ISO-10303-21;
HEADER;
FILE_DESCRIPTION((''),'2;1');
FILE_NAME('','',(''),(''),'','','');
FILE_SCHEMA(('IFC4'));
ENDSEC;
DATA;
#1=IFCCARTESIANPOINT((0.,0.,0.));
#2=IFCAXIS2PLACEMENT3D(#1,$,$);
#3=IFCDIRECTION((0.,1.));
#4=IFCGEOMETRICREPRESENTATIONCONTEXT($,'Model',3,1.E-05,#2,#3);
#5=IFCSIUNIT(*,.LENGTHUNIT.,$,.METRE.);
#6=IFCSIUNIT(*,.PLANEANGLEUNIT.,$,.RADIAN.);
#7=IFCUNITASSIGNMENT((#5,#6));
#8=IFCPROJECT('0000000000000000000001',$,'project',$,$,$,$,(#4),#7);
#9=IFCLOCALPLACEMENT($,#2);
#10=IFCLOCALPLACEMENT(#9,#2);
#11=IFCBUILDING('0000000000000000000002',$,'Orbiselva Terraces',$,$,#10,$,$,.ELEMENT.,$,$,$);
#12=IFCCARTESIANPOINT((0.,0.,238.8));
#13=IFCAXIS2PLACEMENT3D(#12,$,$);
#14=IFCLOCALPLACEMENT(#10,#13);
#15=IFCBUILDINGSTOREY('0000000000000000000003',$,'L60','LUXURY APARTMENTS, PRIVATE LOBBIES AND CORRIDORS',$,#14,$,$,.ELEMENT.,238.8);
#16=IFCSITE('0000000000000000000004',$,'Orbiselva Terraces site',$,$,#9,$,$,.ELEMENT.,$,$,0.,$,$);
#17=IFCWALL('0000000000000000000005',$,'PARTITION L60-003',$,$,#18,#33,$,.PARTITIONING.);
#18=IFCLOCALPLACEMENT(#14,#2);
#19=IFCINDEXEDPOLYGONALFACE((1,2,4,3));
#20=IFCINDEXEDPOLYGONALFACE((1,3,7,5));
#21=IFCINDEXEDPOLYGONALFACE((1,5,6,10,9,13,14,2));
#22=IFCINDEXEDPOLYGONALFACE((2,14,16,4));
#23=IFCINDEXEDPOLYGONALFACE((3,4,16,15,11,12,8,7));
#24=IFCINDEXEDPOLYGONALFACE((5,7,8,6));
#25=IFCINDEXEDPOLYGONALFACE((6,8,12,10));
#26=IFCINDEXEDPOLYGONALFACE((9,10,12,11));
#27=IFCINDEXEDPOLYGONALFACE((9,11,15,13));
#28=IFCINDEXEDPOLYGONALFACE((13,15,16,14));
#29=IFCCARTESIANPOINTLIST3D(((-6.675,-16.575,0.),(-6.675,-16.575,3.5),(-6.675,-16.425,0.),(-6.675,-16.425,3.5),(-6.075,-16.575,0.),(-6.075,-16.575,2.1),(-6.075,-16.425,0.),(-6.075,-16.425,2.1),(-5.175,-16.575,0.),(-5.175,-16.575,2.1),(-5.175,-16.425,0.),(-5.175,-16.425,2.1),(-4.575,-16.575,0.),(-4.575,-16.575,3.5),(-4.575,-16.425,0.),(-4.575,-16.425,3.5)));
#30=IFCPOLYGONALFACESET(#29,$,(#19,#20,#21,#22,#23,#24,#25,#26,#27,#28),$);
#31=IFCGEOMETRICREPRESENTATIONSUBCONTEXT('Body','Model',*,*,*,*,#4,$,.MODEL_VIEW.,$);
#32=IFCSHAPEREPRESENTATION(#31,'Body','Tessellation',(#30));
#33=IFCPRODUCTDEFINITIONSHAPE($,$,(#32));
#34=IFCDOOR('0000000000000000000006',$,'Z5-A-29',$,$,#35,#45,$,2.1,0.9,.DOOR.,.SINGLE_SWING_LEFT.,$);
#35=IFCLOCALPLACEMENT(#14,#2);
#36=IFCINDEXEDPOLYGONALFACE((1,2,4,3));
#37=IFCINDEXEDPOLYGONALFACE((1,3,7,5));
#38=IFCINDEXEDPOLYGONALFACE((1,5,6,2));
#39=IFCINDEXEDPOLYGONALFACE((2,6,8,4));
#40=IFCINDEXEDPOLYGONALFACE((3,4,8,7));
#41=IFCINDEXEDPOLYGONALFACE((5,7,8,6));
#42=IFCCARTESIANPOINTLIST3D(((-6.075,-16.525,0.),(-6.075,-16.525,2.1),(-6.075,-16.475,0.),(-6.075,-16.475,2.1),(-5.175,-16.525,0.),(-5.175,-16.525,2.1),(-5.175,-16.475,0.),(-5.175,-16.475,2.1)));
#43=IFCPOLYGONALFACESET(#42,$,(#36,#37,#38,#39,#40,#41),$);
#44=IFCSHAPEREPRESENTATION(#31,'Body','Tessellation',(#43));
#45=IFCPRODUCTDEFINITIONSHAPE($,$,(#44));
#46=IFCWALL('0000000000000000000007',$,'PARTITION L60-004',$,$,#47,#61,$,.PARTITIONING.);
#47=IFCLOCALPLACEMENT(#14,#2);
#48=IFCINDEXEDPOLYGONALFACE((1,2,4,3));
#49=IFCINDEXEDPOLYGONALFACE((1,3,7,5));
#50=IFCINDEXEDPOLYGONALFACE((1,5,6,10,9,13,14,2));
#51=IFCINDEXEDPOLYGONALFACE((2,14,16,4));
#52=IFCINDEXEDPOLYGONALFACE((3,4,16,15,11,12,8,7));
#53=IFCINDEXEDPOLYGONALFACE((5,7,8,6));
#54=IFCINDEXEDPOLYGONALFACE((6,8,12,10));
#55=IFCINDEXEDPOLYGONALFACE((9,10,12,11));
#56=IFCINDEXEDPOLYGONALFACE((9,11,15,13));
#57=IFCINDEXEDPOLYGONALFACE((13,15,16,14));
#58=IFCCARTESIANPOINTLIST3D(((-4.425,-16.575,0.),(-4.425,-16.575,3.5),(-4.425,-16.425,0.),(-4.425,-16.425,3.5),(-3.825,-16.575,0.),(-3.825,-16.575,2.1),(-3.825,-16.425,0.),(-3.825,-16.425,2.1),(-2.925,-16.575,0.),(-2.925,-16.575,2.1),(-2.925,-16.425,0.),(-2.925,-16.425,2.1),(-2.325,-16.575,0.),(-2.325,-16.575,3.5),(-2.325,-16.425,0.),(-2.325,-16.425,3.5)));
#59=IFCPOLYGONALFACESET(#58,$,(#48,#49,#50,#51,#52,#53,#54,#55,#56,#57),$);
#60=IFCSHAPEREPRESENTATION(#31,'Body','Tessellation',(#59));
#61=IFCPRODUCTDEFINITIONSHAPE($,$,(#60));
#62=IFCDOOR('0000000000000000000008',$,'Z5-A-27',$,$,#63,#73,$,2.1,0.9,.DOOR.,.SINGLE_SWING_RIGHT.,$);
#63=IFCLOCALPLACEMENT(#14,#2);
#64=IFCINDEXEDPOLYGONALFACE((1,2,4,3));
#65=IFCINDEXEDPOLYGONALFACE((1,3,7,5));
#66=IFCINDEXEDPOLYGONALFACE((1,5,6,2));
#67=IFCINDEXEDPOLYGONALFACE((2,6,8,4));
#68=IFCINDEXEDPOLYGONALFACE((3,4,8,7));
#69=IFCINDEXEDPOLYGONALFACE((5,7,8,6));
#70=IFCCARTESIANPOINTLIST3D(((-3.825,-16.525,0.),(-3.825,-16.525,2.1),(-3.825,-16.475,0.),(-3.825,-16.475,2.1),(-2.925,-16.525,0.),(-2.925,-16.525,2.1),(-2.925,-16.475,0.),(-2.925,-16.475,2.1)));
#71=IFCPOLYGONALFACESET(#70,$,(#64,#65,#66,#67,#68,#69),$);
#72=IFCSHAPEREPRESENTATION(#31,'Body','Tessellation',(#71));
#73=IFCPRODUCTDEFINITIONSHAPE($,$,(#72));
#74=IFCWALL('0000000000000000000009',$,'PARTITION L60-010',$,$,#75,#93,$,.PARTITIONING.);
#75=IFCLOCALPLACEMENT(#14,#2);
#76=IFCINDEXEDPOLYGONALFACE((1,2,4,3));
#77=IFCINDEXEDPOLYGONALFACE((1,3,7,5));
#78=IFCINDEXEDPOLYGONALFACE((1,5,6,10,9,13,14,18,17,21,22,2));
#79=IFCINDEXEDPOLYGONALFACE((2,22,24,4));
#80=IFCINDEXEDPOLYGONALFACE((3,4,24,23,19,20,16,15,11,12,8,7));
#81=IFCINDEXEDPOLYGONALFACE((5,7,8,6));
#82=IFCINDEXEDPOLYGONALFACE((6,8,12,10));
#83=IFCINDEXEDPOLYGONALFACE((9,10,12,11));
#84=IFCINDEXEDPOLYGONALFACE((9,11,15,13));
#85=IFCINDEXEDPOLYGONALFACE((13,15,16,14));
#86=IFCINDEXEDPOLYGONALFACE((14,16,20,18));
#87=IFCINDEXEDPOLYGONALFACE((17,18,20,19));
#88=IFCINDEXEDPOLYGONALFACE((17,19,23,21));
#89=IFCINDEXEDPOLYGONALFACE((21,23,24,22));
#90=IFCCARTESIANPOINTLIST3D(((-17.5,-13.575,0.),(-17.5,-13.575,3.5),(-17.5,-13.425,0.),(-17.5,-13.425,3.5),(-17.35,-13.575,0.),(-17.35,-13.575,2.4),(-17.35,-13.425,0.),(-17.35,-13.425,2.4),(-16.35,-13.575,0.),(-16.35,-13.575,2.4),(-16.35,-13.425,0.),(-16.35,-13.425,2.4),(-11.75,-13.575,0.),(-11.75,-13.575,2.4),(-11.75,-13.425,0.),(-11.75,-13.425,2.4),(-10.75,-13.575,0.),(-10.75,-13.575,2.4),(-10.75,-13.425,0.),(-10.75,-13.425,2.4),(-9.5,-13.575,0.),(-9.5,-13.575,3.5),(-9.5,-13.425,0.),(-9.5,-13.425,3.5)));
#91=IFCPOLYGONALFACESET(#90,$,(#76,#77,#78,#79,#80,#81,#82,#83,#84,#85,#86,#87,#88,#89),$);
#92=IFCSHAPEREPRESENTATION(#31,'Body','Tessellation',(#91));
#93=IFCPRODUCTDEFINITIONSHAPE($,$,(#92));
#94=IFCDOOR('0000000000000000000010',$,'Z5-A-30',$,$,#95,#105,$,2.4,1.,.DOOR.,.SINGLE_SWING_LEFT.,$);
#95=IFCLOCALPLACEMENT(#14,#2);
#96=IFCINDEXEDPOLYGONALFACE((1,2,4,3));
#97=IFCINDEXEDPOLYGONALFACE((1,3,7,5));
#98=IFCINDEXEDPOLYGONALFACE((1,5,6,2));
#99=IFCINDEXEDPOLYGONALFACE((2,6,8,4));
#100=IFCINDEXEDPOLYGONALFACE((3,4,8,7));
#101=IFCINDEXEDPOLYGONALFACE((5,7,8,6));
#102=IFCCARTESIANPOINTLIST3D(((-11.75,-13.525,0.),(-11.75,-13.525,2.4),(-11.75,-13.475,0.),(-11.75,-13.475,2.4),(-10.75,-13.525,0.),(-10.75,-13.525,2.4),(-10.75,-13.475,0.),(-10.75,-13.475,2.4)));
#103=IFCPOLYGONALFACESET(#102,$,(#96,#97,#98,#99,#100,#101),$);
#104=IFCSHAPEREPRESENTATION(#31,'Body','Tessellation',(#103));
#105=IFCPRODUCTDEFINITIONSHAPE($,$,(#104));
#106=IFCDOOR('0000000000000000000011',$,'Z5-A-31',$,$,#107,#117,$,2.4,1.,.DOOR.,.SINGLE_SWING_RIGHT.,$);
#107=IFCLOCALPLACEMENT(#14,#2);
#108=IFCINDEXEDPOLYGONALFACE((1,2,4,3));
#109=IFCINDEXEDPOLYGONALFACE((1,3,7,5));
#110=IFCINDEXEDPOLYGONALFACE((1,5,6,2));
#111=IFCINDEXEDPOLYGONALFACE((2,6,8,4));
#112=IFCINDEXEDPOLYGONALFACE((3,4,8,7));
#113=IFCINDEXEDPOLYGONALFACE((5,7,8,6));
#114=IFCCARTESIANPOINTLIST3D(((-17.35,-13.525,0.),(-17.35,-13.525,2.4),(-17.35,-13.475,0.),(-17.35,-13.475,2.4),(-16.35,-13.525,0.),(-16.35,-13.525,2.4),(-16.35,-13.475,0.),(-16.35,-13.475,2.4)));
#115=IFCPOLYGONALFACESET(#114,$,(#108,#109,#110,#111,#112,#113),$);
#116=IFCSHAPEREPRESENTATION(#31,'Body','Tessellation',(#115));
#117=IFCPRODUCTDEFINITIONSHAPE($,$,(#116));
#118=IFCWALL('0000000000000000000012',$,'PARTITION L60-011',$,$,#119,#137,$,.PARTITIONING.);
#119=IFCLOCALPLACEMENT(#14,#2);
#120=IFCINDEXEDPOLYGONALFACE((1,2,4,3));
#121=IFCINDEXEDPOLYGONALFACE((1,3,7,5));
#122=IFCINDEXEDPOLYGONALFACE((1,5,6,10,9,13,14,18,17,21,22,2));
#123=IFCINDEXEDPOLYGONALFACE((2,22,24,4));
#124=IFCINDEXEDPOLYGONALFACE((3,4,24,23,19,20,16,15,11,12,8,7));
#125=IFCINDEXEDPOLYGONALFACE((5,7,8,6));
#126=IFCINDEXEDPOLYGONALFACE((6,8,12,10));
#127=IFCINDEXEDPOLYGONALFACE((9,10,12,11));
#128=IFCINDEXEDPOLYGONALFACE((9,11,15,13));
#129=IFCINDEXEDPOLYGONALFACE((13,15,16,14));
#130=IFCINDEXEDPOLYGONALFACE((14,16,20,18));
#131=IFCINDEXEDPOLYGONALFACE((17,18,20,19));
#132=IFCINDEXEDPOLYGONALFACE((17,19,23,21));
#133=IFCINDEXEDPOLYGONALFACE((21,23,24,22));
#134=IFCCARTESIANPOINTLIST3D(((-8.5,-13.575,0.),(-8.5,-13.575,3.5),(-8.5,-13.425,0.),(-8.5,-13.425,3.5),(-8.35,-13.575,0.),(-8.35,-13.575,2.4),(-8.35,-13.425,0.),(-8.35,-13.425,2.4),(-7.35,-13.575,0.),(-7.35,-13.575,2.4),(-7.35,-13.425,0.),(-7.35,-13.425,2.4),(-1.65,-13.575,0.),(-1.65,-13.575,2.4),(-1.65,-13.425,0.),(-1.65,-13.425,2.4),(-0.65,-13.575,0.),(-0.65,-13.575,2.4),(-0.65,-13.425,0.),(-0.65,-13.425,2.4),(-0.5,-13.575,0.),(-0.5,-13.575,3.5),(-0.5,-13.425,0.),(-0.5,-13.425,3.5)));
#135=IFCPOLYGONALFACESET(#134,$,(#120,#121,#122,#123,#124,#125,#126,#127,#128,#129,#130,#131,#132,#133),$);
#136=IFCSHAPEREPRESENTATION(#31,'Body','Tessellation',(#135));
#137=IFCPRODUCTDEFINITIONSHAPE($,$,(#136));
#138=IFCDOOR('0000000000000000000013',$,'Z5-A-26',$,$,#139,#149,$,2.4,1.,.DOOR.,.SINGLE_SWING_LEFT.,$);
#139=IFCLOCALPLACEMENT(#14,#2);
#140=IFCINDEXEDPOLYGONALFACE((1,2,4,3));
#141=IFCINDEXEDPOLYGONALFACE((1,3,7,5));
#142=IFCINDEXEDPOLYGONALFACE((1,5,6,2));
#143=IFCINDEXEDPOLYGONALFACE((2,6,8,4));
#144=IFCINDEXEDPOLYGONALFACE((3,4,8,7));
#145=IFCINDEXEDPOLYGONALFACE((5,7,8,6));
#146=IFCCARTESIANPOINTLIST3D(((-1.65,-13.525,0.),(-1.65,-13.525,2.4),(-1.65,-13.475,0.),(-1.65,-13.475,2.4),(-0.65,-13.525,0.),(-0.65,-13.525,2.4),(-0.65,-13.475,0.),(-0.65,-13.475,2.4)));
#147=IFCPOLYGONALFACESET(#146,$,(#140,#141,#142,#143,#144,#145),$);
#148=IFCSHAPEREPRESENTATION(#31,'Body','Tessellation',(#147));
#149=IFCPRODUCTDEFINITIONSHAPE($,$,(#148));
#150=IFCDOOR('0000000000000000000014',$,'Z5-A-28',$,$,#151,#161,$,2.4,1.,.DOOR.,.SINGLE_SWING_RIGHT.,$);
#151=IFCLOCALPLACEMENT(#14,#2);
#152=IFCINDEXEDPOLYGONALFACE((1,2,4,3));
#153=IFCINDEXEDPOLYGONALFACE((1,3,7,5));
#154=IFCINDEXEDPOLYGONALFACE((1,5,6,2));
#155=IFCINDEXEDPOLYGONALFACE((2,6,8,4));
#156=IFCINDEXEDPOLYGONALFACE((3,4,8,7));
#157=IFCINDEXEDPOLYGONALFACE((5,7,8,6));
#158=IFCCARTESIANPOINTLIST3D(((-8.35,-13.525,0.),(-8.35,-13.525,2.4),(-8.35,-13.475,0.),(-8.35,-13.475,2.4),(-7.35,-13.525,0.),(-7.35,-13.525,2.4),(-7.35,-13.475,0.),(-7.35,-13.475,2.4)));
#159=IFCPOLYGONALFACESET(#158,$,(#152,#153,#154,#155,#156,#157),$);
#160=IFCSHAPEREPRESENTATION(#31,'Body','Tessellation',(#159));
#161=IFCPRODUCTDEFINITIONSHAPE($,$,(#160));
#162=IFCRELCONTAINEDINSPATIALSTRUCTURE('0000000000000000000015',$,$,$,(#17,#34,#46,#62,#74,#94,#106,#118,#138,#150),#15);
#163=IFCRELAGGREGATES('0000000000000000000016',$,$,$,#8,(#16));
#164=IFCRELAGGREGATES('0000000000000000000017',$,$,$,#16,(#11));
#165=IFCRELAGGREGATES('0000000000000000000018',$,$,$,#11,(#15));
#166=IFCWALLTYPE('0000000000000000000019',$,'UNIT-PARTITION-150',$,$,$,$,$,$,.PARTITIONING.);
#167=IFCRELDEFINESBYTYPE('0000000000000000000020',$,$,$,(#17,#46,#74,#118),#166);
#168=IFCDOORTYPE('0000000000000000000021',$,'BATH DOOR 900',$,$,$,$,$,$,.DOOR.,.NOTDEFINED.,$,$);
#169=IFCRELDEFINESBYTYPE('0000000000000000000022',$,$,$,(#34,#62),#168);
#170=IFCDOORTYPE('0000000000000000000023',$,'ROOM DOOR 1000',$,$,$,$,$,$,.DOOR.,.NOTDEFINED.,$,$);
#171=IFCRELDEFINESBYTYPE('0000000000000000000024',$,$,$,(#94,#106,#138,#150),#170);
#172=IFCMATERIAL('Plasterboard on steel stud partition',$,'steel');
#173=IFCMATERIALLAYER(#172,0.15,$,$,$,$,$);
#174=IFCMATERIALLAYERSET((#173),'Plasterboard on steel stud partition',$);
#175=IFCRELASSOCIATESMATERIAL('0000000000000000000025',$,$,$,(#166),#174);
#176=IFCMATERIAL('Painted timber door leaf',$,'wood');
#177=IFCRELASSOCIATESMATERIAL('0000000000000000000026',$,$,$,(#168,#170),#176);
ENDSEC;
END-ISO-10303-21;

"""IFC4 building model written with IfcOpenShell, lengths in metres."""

from ifc_helpers import new_model, si_unit, direction, frame, frame_2d, origin, place, context, subcontext, project, spatial, rectangle, extrude, material, layer, layer_set, type_object, element, fill, save


model = new_model("IFC4")

# Units and contexts
model_context = context("Model", 3, precision=1e-05, world=origin(), true_north=direction((0.0, 1.0)))
body_context = subcontext(model_context, "Body", "Model", "MODEL_VIEW")
ifc_project = project(units=[si_unit("LENGTHUNIT", "METRE"), si_unit("PLANEANGLEUNIT", "RADIAN")], contexts=[model_context])

# Site, building, storey
site_placement = place(None, origin())
site = spatial("IfcSite", under=ifc_project, at=site_placement, Name="Orbiselva Terraces site", CompositionType="ELEMENT", RefElevation=0.0)
building_placement = place(site_placement, origin())
building = spatial("IfcBuilding", under=site, at=building_placement, Name="Orbiselva Terraces", CompositionType="ELEMENT")
storey_placement = place(building_placement, frame((0.0, 0.0, 238.8)))
storey = spatial("IfcBuildingStorey", under=building, at=storey_placement, Name="L60", Description="LUXURY APARTMENTS, PRIVATE LOBBIES AND CORRIDORS", CompositionType="ELEMENT", Elevation=238.8)

# Walls, openings, doors
ifc_material_1 = material(Name="Plasterboard on steel stud partition", Category="steel")
ifc_layer_1 = layer(ifc_material_1, 0.15)
ifc_layer_set_1 = layer_set([ifc_layer_1], Name="Plasterboard on steel stud partition")
wall_type_1 = type_object("IfcWallType", Name="UNIT-PARTITION-150", PredefinedType="PARTITIONING", material=ifc_layer_set_1)
wall_1_placement = place(storey_placement, frame((-6.675, -16.5, 0.0), z_axis=(0.0, 0.0, 1.0), x_axis=(1.0, 0.0, 0.0)))
wall_1 = element("IfcWall", 1, at=wall_1_placement, inside=storey, type_object=wall_type_1, Name="PARTITION L60-003", PredefinedType="PARTITIONING", context=body_context, shape_type="SweptSolid", body=[
    extrude(rectangle(XDim=2.1, YDim=0.15, at=frame_2d((1.05, 0.0))), origin(), (0.0, 0.0, 1.0), 3.5),
])
opening_1_placement = place(wall_1_placement, frame((0.6, 0.0, 0.0)))
opening_1 = element("IfcOpeningElement", 2, at=opening_1_placement, cuts=wall_1, PredefinedType="OPENING", context=body_context, shape_type="SweptSolid", body=[
    extrude(rectangle(XDim=0.9, YDim=2.1, at=frame_2d((0.45, 1.05))), frame((0.0, 0.085, 0.0), z_axis=(0.0, -1.0, 0.0), x_axis=(1.0, 0.0, 0.0)), (0.0, 0.0, 1.0), 0.17),
])
ifc_material_2 = material(Name="Painted timber door leaf", Category="wood")
door_type_1 = type_object("IfcDoorType", Name="BATH DOOR 900", OperationType="NOTDEFINED", PredefinedType="DOOR", material=ifc_material_2)
door_1_placement = place(opening_1_placement, origin())
door_1 = element("IfcDoor", 3, at=door_1_placement, inside=storey, type_object=door_type_1, Name="Z5-A-29", OperationType="SINGLE_SWING_LEFT", OverallHeight=2.1, OverallWidth=0.9, PredefinedType="DOOR", context=body_context, shape_type="SweptSolid", body=[
    extrude(rectangle(XDim=0.9, YDim=2.1, at=frame_2d((0.45, 1.05))), frame((0.0, 0.025, 0.0), z_axis=(0.0, -1.0, 0.0), x_axis=(1.0, 0.0, 0.0)), (0.0, 0.0, 1.0), 0.05),
])
fill(opening_1, door_1)
wall_2_placement = place(storey_placement, frame((-4.425, -16.5, 0.0), z_axis=(0.0, 0.0, 1.0), x_axis=(1.0, 0.0, 0.0)))
wall_2 = element("IfcWall", 4, at=wall_2_placement, inside=storey, type_object=wall_type_1, Name="PARTITION L60-004", PredefinedType="PARTITIONING", context=body_context, shape_type="SweptSolid", body=[
    extrude(rectangle(XDim=2.1, YDim=0.15, at=frame_2d((1.05, 0.0))), origin(), (0.0, 0.0, 1.0), 3.5),
])
opening_2_placement = place(wall_2_placement, frame((0.6, 0.0, 0.0)))
opening_2 = element("IfcOpeningElement", 5, at=opening_2_placement, cuts=wall_2, PredefinedType="OPENING", context=body_context, shape_type="SweptSolid", body=[
    extrude(rectangle(XDim=0.9, YDim=2.1, at=frame_2d((0.45, 1.05))), frame((0.0, 0.085, 0.0), z_axis=(0.0, -1.0, 0.0), x_axis=(1.0, 0.0, 0.0)), (0.0, 0.0, 1.0), 0.17),
])
door_2_placement = place(opening_2_placement, origin())
door_2 = element("IfcDoor", 6, at=door_2_placement, inside=storey, type_object=door_type_1, Name="Z5-A-27", OperationType="SINGLE_SWING_RIGHT", OverallHeight=2.1, OverallWidth=0.9, PredefinedType="DOOR", context=body_context, shape_type="SweptSolid", body=[
    extrude(rectangle(XDim=0.9, YDim=2.1, at=frame_2d((0.45, 1.05))), frame((0.0, 0.025, 0.0), z_axis=(0.0, -1.0, 0.0), x_axis=(1.0, 0.0, 0.0)), (0.0, 0.0, 1.0), 0.05),
])
fill(opening_2, door_2)

# Walls, openings, doors
wall_3_placement = place(storey_placement, frame((-9.5, -13.5, 0.0), z_axis=(0.0, 0.0, 1.0), x_axis=(-1.0, 0.0, 0.0)))
wall_3 = element("IfcWall", 7, at=wall_3_placement, inside=storey, type_object=wall_type_1, Name="PARTITION L60-010", PredefinedType="PARTITIONING", context=body_context, shape_type="SweptSolid", body=[
    extrude(rectangle(XDim=8.0, YDim=0.15, at=frame_2d((4.0, 0.0))), origin(), (0.0, 0.0, 1.0), 3.5),
])
opening_3_placement = place(wall_3_placement, frame((1.25, 0.0, 0.0)))
opening_3 = element("IfcOpeningElement", 8, at=opening_3_placement, cuts=wall_3, PredefinedType="OPENING", context=body_context, shape_type="SweptSolid", body=[
    extrude(rectangle(XDim=1.0, YDim=2.4, at=frame_2d((0.5, 1.2))), frame((0.0, 0.085, 0.0), z_axis=(0.0, -1.0, 0.0), x_axis=(1.0, 0.0, 0.0)), (0.0, 0.0, 1.0), 0.17),
])
opening_4_placement = place(wall_3_placement, frame((6.85, 0.0, 0.0)))
opening_4 = element("IfcOpeningElement", 9, at=opening_4_placement, cuts=wall_3, PredefinedType="OPENING", context=body_context, shape_type="SweptSolid", body=[
    extrude(rectangle(XDim=1.0, YDim=2.4, at=frame_2d((0.5, 1.2))), frame((0.0, 0.085, 0.0), z_axis=(0.0, -1.0, 0.0), x_axis=(1.0, 0.0, 0.0)), (0.0, 0.0, 1.0), 0.17),
])
door_type_2 = type_object("IfcDoorType", Name="ROOM DOOR 1000", OperationType="NOTDEFINED", PredefinedType="DOOR", material=ifc_material_2)
door_3_placement = place(opening_3_placement, origin())
door_3 = element("IfcDoor", 10, at=door_3_placement, inside=storey, type_object=door_type_2, Name="Z5-A-30", OperationType="SINGLE_SWING_LEFT", OverallHeight=2.4, OverallWidth=1.0, PredefinedType="DOOR", context=body_context, shape_type="SweptSolid", body=[
    extrude(rectangle(XDim=1.0, YDim=2.4, at=frame_2d((0.5, 1.2))), frame((0.0, 0.025, 0.0), z_axis=(0.0, -1.0, 0.0), x_axis=(1.0, 0.0, 0.0)), (0.0, 0.0, 1.0), 0.05),
])
fill(opening_3, door_3)
door_4_placement = place(opening_4_placement, origin())
door_4 = element("IfcDoor", 11, at=door_4_placement, inside=storey, type_object=door_type_2, Name="Z5-A-31", OperationType="SINGLE_SWING_RIGHT", OverallHeight=2.4, OverallWidth=1.0, PredefinedType="DOOR", context=body_context, shape_type="SweptSolid", body=[
    extrude(rectangle(XDim=1.0, YDim=2.4, at=frame_2d((0.5, 1.2))), frame((0.0, 0.025, 0.0), z_axis=(0.0, -1.0, 0.0), x_axis=(1.0, 0.0, 0.0)), (0.0, 0.0, 1.0), 0.05),
])
fill(opening_4, door_4)
wall_4_placement = place(storey_placement, frame((-0.5, -13.5, 0.0), z_axis=(0.0, 0.0, 1.0), x_axis=(-1.0, 0.0, 0.0)))
wall_4 = element("IfcWall", 12, at=wall_4_placement, inside=storey, type_object=wall_type_1, Name="PARTITION L60-011", PredefinedType="PARTITIONING", context=body_context, shape_type="SweptSolid", body=[
    extrude(rectangle(XDim=8.0, YDim=0.15, at=frame_2d((4.0, 0.0))), origin(), (0.0, 0.0, 1.0), 3.5),
])
opening_5_placement = place(wall_4_placement, frame((0.15, 0.0, 0.0)))
opening_5 = element("IfcOpeningElement", 13, at=opening_5_placement, cuts=wall_4, PredefinedType="OPENING", context=body_context, shape_type="SweptSolid", body=[
    extrude(rectangle(XDim=1.0, YDim=2.4, at=frame_2d((0.5, 1.2))), frame((0.0, 0.085, 0.0), z_axis=(0.0, -1.0, 0.0), x_axis=(1.0, 0.0, 0.0)), (0.0, 0.0, 1.0), 0.17),
])
opening_6_placement = place(wall_4_placement, frame((6.85, 0.0, 0.0)))
opening_6 = element("IfcOpeningElement", 14, at=opening_6_placement, cuts=wall_4, PredefinedType="OPENING", context=body_context, shape_type="SweptSolid", body=[
    extrude(rectangle(XDim=1.0, YDim=2.4, at=frame_2d((0.5, 1.2))), frame((0.0, 0.085, 0.0), z_axis=(0.0, -1.0, 0.0), x_axis=(1.0, 0.0, 0.0)), (0.0, 0.0, 1.0), 0.17),
])
door_5_placement = place(opening_5_placement, origin())
door_5 = element("IfcDoor", 15, at=door_5_placement, inside=storey, type_object=door_type_2, Name="Z5-A-26", OperationType="SINGLE_SWING_LEFT", OverallHeight=2.4, OverallWidth=1.0, PredefinedType="DOOR", context=body_context, shape_type="SweptSolid", body=[
    extrude(rectangle(XDim=1.0, YDim=2.4, at=frame_2d((0.5, 1.2))), frame((0.0, 0.025, 0.0), z_axis=(0.0, -1.0, 0.0), x_axis=(1.0, 0.0, 0.0)), (0.0, 0.0, 1.0), 0.05),
])
fill(opening_5, door_5)
door_6_placement = place(opening_6_placement, origin())
door_6 = element("IfcDoor", 16, at=door_6_placement, inside=storey, type_object=door_type_2, Name="Z5-A-28", OperationType="SINGLE_SWING_RIGHT", OverallHeight=2.4, OverallWidth=1.0, PredefinedType="DOOR", context=body_context, shape_type="SweptSolid", body=[
    extrude(rectangle(XDim=1.0, YDim=2.4, at=frame_2d((0.5, 1.2))), frame((0.0, 0.025, 0.0), z_axis=(0.0, -1.0, 0.0), x_axis=(1.0, 0.0, 0.0)), (0.0, 0.0, 1.0), 0.05),
])
fill(opening_6, door_6)

save(model, "model.ifc")
